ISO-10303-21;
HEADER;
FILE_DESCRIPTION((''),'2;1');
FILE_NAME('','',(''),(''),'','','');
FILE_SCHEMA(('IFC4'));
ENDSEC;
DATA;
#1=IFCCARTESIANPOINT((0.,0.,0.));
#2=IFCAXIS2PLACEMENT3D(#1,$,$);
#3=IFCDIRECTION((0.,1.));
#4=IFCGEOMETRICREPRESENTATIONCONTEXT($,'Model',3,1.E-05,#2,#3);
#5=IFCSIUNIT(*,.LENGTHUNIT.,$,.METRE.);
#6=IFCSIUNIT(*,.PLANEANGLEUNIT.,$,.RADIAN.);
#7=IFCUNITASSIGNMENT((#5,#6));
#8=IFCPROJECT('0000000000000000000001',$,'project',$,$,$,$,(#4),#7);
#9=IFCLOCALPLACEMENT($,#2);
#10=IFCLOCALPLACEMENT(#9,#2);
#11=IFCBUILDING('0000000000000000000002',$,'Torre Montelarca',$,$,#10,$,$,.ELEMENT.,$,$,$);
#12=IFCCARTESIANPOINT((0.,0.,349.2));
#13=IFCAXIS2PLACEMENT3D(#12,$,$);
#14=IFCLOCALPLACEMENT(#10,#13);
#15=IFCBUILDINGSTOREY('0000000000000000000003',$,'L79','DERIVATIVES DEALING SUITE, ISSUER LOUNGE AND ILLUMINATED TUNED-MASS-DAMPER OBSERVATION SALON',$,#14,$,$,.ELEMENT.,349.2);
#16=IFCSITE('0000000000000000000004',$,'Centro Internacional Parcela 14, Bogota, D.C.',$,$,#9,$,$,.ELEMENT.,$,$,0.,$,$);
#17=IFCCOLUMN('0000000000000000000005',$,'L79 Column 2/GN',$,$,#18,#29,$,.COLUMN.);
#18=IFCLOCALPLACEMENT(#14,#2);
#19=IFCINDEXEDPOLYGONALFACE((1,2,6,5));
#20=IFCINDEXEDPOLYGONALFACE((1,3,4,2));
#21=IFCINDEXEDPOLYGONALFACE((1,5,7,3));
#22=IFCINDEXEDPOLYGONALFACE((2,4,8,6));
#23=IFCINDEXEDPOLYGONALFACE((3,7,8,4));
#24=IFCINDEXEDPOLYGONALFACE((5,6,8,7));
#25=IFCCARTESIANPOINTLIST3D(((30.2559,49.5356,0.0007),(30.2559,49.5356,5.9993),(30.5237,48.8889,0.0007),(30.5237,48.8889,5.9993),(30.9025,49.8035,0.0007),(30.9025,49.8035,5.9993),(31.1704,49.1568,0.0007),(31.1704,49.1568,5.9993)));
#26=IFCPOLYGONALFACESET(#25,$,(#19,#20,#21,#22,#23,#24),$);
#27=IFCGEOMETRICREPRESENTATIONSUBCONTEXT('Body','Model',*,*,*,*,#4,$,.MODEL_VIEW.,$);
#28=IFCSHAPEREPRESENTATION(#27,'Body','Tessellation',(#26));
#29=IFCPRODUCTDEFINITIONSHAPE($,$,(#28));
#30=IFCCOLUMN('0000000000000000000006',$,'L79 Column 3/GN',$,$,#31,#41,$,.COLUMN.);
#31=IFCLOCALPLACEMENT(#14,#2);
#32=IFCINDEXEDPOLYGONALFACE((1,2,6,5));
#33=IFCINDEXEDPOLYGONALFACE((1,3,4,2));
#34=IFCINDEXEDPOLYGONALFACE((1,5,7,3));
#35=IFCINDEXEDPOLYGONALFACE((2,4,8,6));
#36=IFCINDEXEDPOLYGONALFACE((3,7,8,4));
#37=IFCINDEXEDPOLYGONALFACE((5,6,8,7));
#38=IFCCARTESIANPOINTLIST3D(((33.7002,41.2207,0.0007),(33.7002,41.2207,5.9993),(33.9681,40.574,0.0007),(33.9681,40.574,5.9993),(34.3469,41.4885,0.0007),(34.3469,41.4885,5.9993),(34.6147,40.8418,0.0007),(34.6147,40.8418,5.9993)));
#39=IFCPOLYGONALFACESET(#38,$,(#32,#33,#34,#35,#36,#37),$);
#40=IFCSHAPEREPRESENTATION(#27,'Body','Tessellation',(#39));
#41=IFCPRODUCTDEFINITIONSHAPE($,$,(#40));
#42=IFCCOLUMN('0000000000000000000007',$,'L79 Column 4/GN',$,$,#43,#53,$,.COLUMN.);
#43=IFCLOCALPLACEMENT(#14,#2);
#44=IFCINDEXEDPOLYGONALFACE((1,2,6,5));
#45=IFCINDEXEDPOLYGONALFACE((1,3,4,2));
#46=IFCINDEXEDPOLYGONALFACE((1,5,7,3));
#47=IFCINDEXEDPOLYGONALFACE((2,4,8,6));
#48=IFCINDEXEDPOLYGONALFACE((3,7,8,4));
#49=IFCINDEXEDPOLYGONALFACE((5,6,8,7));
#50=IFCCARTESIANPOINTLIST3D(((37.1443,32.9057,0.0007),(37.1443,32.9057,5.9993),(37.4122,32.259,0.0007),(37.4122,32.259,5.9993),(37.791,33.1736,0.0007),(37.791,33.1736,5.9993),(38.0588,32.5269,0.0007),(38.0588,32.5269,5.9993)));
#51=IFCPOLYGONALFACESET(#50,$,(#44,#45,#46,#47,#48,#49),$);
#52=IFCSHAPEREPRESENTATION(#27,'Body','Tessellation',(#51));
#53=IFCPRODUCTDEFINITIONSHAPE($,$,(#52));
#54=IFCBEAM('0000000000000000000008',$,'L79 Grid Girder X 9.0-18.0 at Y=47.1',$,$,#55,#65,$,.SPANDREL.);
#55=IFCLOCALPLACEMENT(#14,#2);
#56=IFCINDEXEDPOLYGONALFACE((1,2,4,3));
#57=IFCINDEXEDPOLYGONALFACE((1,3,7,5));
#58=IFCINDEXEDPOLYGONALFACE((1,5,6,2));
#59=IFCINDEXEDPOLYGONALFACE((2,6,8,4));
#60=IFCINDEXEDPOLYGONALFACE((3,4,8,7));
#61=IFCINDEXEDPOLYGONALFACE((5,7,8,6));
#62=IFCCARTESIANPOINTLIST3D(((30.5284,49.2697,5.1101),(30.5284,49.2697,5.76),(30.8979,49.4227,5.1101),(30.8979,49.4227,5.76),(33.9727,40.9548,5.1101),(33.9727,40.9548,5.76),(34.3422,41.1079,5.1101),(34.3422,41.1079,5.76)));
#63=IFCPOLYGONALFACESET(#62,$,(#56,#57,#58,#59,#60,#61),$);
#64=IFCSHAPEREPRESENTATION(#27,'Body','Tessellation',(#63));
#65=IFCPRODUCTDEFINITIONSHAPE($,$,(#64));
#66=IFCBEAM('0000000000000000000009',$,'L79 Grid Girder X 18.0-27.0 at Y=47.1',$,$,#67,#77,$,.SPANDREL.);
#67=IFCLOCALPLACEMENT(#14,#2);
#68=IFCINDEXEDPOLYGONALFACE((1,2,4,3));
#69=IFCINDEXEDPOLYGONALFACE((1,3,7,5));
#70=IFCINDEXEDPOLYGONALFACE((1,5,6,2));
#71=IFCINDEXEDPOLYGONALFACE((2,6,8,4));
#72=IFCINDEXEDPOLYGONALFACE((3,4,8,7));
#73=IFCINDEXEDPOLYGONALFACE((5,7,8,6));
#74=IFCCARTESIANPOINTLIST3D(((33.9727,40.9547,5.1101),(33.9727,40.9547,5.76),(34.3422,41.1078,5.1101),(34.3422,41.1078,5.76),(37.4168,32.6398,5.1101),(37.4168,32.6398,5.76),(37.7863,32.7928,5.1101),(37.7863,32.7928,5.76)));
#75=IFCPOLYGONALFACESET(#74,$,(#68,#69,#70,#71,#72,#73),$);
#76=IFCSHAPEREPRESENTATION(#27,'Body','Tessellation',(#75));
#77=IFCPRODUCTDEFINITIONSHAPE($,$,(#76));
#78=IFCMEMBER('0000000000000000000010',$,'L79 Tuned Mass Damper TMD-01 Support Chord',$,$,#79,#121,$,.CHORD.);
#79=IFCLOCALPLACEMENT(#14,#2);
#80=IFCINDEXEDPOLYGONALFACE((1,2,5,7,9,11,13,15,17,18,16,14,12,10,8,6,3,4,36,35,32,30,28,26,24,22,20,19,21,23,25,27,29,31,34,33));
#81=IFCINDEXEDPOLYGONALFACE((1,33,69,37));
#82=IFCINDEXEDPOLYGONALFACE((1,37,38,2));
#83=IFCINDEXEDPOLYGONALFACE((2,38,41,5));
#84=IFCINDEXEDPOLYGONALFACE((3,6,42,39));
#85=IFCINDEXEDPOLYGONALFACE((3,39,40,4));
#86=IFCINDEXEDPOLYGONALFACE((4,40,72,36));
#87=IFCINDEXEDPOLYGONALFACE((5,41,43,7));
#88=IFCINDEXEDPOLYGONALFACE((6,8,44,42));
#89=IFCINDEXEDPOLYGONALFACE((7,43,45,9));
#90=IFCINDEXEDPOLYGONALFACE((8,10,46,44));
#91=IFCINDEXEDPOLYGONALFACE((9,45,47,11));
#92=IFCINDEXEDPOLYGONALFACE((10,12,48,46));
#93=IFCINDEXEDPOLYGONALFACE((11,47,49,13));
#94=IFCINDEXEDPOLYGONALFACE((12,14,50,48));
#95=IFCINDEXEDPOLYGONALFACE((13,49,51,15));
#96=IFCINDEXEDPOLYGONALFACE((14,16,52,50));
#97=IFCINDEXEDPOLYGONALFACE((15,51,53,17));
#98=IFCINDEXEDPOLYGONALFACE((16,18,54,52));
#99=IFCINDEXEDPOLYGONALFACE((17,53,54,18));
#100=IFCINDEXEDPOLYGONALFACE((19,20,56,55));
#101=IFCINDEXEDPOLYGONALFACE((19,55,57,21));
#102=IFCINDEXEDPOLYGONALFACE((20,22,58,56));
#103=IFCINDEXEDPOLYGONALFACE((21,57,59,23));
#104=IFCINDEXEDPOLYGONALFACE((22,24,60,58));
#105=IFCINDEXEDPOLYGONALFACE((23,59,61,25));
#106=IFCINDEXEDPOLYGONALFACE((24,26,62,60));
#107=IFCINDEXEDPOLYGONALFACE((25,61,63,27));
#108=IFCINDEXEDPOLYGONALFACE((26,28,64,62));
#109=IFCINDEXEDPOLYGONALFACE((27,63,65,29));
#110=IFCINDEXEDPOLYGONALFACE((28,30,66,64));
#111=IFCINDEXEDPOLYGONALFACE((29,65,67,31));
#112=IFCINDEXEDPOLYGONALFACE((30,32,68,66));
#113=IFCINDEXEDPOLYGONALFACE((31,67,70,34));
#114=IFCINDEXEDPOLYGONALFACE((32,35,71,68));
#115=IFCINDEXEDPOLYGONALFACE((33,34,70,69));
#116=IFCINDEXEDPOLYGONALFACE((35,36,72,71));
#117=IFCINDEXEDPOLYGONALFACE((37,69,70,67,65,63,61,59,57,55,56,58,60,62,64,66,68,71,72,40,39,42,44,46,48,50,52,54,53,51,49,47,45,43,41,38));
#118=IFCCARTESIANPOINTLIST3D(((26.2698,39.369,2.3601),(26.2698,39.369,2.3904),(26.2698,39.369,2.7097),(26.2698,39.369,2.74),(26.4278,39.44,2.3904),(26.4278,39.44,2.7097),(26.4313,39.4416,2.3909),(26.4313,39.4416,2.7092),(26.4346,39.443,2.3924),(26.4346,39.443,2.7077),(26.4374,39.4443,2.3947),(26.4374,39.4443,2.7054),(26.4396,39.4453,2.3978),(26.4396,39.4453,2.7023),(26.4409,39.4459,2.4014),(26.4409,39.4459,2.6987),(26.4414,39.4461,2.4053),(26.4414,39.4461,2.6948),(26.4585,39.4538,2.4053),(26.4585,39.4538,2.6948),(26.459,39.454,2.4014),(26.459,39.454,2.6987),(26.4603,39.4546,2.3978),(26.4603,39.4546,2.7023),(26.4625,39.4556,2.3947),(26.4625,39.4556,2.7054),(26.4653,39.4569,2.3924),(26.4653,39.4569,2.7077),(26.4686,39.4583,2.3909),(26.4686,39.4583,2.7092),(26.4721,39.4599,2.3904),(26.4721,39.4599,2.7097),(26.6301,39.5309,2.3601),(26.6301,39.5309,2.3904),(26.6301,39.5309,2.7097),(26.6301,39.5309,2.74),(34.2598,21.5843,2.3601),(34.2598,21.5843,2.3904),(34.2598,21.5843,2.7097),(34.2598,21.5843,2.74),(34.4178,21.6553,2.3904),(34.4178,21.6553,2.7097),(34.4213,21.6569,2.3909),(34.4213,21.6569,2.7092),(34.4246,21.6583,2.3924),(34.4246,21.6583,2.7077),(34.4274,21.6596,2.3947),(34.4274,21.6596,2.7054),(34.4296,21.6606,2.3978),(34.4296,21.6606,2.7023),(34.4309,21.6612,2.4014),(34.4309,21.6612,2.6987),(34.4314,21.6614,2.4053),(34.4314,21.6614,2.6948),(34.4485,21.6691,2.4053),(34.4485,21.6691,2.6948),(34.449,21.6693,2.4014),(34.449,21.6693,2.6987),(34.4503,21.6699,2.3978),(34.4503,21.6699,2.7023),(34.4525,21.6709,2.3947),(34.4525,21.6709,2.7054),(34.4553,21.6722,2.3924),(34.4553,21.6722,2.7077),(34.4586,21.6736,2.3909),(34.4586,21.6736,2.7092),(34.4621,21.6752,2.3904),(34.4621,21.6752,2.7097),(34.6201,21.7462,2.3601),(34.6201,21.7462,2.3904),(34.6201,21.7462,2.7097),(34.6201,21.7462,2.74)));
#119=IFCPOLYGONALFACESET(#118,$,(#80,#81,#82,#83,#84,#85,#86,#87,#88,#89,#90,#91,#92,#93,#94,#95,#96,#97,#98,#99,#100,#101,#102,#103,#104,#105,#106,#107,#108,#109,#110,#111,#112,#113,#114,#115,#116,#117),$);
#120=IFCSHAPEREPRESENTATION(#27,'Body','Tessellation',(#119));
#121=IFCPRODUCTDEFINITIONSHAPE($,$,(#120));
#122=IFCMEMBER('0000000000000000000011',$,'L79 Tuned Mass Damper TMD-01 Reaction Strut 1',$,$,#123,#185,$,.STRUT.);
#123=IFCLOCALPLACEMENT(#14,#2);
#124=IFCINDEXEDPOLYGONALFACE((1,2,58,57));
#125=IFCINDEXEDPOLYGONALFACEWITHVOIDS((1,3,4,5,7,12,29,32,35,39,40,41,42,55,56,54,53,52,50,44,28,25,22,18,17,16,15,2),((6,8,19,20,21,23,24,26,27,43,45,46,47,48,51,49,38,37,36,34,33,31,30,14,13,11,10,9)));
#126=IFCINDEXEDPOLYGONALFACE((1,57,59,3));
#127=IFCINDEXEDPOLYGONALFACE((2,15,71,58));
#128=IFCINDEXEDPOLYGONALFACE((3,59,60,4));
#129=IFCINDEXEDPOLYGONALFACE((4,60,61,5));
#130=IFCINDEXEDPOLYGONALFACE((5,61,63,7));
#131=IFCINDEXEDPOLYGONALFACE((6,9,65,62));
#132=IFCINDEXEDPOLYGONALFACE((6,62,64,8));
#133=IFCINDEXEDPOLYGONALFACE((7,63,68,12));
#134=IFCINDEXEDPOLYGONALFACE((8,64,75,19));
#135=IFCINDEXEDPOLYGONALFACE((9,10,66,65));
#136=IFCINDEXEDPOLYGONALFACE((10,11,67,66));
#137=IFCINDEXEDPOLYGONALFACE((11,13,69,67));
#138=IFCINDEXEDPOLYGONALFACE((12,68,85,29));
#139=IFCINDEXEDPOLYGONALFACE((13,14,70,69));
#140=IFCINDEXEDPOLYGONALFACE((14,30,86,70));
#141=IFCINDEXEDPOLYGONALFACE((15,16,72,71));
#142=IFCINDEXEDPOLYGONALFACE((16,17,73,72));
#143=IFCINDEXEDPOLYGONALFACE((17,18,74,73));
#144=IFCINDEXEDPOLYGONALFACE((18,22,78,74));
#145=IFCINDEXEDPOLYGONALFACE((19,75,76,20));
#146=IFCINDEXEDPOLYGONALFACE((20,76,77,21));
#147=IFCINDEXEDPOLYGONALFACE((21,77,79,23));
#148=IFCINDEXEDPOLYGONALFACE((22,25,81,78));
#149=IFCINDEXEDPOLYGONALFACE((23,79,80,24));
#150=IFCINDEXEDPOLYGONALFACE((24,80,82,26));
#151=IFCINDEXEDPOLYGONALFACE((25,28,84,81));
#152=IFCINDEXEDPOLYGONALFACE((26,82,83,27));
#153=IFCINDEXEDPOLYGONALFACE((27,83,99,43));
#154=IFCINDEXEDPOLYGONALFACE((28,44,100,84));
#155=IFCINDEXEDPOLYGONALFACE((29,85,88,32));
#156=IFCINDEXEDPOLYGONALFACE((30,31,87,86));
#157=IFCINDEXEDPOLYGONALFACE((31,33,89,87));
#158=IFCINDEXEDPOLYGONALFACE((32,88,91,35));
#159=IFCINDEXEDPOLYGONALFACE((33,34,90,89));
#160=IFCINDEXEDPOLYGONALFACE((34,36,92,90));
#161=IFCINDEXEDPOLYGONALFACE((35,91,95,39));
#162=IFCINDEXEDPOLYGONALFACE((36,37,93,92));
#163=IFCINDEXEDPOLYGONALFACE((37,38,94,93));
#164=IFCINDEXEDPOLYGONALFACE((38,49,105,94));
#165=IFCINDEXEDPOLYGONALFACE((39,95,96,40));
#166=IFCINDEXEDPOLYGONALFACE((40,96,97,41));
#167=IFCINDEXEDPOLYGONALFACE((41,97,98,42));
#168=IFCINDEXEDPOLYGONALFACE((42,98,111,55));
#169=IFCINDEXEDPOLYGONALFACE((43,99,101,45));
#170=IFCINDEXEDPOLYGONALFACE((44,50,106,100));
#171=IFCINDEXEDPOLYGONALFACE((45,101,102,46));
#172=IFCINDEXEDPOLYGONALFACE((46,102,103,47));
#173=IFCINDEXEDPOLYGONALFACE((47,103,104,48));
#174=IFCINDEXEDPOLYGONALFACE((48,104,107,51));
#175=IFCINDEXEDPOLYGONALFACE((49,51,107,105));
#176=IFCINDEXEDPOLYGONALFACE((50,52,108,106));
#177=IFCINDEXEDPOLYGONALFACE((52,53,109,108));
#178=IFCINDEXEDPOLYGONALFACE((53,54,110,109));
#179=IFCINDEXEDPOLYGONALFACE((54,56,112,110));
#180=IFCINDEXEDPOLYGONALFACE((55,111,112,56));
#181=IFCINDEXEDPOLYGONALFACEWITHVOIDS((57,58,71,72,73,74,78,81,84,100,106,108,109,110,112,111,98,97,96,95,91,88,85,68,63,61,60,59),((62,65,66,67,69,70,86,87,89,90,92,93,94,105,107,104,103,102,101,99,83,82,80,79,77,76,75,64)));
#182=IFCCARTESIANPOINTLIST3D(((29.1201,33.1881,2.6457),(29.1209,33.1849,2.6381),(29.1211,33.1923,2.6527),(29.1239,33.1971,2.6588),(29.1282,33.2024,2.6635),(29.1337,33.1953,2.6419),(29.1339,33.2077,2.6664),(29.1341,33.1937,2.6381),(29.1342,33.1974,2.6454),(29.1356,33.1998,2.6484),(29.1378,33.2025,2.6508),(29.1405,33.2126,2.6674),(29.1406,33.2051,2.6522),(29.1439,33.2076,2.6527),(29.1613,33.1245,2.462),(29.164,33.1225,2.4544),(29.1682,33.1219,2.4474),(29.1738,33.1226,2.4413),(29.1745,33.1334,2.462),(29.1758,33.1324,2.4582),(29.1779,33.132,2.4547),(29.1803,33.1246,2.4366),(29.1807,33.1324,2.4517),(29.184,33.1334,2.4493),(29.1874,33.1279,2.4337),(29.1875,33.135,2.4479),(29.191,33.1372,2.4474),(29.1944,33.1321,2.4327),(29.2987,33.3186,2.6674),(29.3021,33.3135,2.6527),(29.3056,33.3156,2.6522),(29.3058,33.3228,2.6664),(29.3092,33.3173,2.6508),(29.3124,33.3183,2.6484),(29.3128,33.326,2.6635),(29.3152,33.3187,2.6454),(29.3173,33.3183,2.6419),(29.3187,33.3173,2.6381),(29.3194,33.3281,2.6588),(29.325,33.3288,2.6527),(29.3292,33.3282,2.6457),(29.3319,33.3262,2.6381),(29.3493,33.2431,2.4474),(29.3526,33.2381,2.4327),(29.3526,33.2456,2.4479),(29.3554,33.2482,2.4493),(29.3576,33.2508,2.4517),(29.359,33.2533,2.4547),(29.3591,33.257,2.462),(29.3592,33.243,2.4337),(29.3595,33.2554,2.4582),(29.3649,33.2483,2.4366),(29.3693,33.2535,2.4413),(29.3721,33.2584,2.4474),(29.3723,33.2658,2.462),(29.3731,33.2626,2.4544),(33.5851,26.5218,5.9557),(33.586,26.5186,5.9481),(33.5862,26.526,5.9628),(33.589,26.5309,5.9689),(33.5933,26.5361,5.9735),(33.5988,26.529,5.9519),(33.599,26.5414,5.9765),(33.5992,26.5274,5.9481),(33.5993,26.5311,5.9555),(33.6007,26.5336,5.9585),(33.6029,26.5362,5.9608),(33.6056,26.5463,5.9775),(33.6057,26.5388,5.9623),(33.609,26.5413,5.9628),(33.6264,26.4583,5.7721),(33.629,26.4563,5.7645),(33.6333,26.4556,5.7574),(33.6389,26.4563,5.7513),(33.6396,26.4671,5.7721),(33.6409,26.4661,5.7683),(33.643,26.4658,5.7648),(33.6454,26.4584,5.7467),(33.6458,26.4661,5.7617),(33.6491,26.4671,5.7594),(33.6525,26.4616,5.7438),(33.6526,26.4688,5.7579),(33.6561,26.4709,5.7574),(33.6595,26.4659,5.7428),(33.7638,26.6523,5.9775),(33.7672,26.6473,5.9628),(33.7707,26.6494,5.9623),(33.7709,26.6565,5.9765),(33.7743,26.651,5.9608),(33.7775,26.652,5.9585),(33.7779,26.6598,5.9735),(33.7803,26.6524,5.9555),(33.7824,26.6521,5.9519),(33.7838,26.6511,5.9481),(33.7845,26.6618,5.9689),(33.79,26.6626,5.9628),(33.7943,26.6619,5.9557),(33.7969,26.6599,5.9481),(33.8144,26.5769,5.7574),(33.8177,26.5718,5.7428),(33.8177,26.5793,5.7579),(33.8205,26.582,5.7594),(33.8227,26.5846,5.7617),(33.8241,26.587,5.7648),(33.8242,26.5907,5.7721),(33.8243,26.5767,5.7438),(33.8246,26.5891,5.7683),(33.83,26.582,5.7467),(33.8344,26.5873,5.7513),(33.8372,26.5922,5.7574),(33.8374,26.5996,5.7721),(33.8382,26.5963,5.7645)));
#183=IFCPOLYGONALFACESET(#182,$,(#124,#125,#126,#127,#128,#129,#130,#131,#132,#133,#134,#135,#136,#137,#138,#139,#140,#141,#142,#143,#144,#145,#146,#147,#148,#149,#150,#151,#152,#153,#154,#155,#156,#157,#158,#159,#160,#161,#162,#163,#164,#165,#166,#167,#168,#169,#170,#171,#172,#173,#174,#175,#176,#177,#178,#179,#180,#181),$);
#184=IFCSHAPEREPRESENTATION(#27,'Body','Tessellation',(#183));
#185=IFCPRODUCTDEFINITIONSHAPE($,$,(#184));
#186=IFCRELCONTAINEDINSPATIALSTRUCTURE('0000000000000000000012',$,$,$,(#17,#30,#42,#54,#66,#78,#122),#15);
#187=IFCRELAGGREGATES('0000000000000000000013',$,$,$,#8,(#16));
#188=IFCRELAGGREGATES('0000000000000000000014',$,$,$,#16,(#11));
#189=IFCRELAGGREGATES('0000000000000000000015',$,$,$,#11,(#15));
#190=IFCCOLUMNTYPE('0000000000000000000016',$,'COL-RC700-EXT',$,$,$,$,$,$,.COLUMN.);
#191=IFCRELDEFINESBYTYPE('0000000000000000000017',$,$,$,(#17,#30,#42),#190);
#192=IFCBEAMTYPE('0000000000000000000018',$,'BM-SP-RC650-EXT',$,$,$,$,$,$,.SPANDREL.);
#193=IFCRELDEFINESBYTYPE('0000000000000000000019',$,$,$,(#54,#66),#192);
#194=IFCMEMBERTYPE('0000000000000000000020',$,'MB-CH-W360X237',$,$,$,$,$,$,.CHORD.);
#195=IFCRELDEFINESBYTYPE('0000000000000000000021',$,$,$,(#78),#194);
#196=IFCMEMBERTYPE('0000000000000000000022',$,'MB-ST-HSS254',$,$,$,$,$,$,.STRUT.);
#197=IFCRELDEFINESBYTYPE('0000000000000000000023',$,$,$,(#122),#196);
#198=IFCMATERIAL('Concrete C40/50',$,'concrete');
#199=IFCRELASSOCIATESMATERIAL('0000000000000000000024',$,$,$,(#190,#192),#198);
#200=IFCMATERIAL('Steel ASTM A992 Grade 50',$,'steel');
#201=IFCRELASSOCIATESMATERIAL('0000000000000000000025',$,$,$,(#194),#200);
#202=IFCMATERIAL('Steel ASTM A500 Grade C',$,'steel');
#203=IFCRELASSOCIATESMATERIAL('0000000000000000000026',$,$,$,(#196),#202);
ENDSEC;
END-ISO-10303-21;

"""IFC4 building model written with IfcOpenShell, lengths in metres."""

from ifc_helpers import new_model, si_unit, direction, frame, origin, origin_2d, place, context, subcontext, project, spatial, rectangle, hollow_rectangle, i_section, extrude, source, transform, mapped, material, material_profile, profile_set, type_object, element, save


model = new_model("IFC4")

# Units and contexts
model_context = context("Model", 3, precision=1e-05, world=origin(), true_north=direction((0.0, 1.0)))
body_context = subcontext(model_context, "Body", "Model", "MODEL_VIEW")
ifc_project = project(units=[si_unit("LENGTHUNIT", "METRE"), si_unit("PLANEANGLEUNIT", "RADIAN")], contexts=[model_context])

# Site, building, storey
site_placement = place(None, origin())
site = spatial("IfcSite", under=ifc_project, at=site_placement, Name="Centro Internacional Parcela 14, Bogota, D.C.", CompositionType="ELEMENT", RefElevation=0.0)
building_placement = place(site_placement, origin())
building = spatial("IfcBuilding", under=site, at=building_placement, Name="Torre Montelarca", CompositionType="ELEMENT")
storey_placement = place(building_placement, frame((0.0, 0.0, 349.2)))
storey = spatial("IfcBuildingStorey", under=building, at=storey_placement, Name="L79", Description="DERIVATIVES DEALING SUITE, ISSUER LOUNGE AND ILLUMINATED TUNED-MASS-DAMPER OBSERVATION SALON", CompositionType="ELEMENT", Elevation=349.2)

# Columns
ifc_material_1 = material(Name="Concrete C40/50", Category="concrete")
ifc_material_profile_1 = material_profile(ifc_material_1, rectangle(XDim=0.7, YDim=0.7, at=origin_2d()), Name="RC700X700", Category="concrete")
ifc_profile_set_1 = profile_set([ifc_material_profile_1], Name="Concrete C40/50")
column_type = type_object("IfcColumnType", Name="COL-RC700-EXT", PredefinedType="COLUMN", material=ifc_profile_set_1)
shared_shape_1 = source(origin(), body_context, "Body", "SweptSolid", [
    extrude(rectangle(XDim=0.7, YDim=0.7, at=origin_2d()), origin(), (0.0, 0.0, 1.0), 5.9985),
])
for number, where, z_axis, x_axis, name in (
    (1, (30.7131, 49.3462, 0.0007), (0.0, 0.0, 1.0), (-0.382683, 0.92388, 0.0), "L79 Column 2/GN"),
    (2, (34.1575, 41.0312, 0.0007), (0.0, 0.0, 1.0), (-0.382683, 0.92388, 0.0), "L79 Column 3/GN"),
    (3, (37.6016, 32.7163, 0.0007), (0.0, 0.0, 1.0), (-0.382683, 0.92388, 0.0), "L79 Column 4/GN"),
):
    element("IfcColumn", number, at=place(storey_placement, frame(where, z_axis=z_axis, x_axis=x_axis)), inside=storey, type_object=column_type, Name=name, PredefinedType="COLUMN", context=body_context, shape_type="MappedRepresentation", body=[
        mapped(shared_shape_1, transform((0.0, 0.0, 0.0), scale=1.0)),
    ])

# Beams
ifc_material_profile_2 = material_profile(ifc_material_1, rectangle(XDim=0.3999, YDim=0.6499, at=origin_2d()), Name="RCB400X650", Category="concrete")
ifc_profile_set_2 = profile_set([ifc_material_profile_2], Name="Concrete C40/50")
beam_type = type_object("IfcBeamType", Name="BM-SP-RC650-EXT", PredefinedType="SPANDREL", material=ifc_profile_set_2)
shared_shape_2 = source(origin(), body_context, "Body", "SweptSolid", [
    extrude(rectangle(XDim=0.3999, YDim=0.6499, at=origin_2d()), origin(), (0.0, 0.0, 1.0), 9.0),
])
for number, where, z_axis, x_axis, name in (
    (4, (30.7131, 49.3462, 5.4351), (0.3827, -0.923873, 0.0), (0.923873, 0.3827, 0.0), "L79 Grid Girder X 9.0-18.0 at Y=47.1"),
    (5, (34.1575, 41.0312, 5.4351), (0.382677, -0.923882, 0.0), (0.923882, 0.382677, 0.0), "L79 Grid Girder X 18.0-27.0 at Y=47.1"),
):
    element("IfcBeam", number, at=place(storey_placement, frame(where, z_axis=z_axis, x_axis=x_axis)), inside=storey, type_object=beam_type, Name=name, PredefinedType="SPANDREL", context=body_context, shape_type="MappedRepresentation", body=[
        mapped(shared_shape_2, transform((0.0, 0.0, 0.0), scale=1.0)),
    ])

# Members
ifc_material_2 = material(Name="Steel ASTM A992 Grade 50", Category="steel")
ifc_material_profile_3 = material_profile(ifc_material_2, i_section(OverallWidth=0.395, OverallDepth=0.3799, WebThickness=0.0188, FlangeThickness=0.0303, FilletRadius=0.0149, at=origin_2d()), Name="W360X237", Category="steel")
ifc_profile_set_3 = profile_set([ifc_material_profile_3], Name="Steel ASTM A992 Grade 50")
member_type_1 = type_object("IfcMemberType", Name="MB-CH-W360X237", PredefinedType="CHORD", material=ifc_profile_set_3)
shared_shape_3 = source(origin(), body_context, "Body", "SweptSolid", [
    extrude(i_section(OverallWidth=0.395, OverallDepth=0.3799, WebThickness=0.0188, FlangeThickness=0.0303, FilletRadius=0.0149, at=origin_2d()), origin(), (0.0, 0.0, 1.0), 19.4971),
])
member_1_placement = place(storey_placement, frame((26.45, 39.45, 2.55), z_axis=(0.409805, -0.912173, 0.0), x_axis=(0.912173, 0.409805, 0.0)))
element("IfcMember", 6, at=member_1_placement, inside=storey, type_object=member_type_1, Name="L79 Tuned Mass Damper TMD-01 Support Chord", PredefinedType="CHORD", context=body_context, shape_type="MappedRepresentation", body=[
    mapped(shared_shape_3, transform((0.0, 0.0, 0.0), scale=1.0)),
])
ifc_material_3 = material(Name="Steel ASTM A500 Grade C", Category="steel")
ifc_material_profile_4 = material_profile(ifc_material_3, hollow_rectangle(XDim=0.2539, YDim=0.2539, WallThickness=0.0159, InnerFilletRadius=0.0159, OuterFilletRadius=0.0317, at=origin_2d()), Name="HSS254X254X15.9", Category="steel")
ifc_profile_set_4 = profile_set([ifc_material_profile_4], Name="Steel ASTM A500 Grade C")
member_type_2 = type_object("IfcMemberType", Name="MB-ST-HSS254", PredefinedType="STRUT", material=ifc_profile_set_4)
shared_shape_4 = source(origin(), body_context, "Body", "SweptSolid", [
    extrude(hollow_rectangle(XDim=0.2539, YDim=0.2539, WallThickness=0.0159, InnerFilletRadius=0.0159, OuterFilletRadius=0.0317, at=origin_2d()), origin(), (0.0, 0.0, 1.0), 8.6794),
])
member_2_placement = place(storey_placement, frame((29.2466, 33.2253, 2.55), z_axis=(0.514445, -0.768053, 0.381368), x_axis=(0.830845, 0.556504, 0.0)))
element("IfcMember", 7, at=member_2_placement, inside=storey, type_object=member_type_2, Name="L79 Tuned Mass Damper TMD-01 Reaction Strut 1", PredefinedType="STRUT", context=body_context, shape_type="MappedRepresentation", body=[
    mapped(shared_shape_4, transform((0.0, 0.0, 0.0), scale=1.0)),
])

save(model, "model.ifc")
